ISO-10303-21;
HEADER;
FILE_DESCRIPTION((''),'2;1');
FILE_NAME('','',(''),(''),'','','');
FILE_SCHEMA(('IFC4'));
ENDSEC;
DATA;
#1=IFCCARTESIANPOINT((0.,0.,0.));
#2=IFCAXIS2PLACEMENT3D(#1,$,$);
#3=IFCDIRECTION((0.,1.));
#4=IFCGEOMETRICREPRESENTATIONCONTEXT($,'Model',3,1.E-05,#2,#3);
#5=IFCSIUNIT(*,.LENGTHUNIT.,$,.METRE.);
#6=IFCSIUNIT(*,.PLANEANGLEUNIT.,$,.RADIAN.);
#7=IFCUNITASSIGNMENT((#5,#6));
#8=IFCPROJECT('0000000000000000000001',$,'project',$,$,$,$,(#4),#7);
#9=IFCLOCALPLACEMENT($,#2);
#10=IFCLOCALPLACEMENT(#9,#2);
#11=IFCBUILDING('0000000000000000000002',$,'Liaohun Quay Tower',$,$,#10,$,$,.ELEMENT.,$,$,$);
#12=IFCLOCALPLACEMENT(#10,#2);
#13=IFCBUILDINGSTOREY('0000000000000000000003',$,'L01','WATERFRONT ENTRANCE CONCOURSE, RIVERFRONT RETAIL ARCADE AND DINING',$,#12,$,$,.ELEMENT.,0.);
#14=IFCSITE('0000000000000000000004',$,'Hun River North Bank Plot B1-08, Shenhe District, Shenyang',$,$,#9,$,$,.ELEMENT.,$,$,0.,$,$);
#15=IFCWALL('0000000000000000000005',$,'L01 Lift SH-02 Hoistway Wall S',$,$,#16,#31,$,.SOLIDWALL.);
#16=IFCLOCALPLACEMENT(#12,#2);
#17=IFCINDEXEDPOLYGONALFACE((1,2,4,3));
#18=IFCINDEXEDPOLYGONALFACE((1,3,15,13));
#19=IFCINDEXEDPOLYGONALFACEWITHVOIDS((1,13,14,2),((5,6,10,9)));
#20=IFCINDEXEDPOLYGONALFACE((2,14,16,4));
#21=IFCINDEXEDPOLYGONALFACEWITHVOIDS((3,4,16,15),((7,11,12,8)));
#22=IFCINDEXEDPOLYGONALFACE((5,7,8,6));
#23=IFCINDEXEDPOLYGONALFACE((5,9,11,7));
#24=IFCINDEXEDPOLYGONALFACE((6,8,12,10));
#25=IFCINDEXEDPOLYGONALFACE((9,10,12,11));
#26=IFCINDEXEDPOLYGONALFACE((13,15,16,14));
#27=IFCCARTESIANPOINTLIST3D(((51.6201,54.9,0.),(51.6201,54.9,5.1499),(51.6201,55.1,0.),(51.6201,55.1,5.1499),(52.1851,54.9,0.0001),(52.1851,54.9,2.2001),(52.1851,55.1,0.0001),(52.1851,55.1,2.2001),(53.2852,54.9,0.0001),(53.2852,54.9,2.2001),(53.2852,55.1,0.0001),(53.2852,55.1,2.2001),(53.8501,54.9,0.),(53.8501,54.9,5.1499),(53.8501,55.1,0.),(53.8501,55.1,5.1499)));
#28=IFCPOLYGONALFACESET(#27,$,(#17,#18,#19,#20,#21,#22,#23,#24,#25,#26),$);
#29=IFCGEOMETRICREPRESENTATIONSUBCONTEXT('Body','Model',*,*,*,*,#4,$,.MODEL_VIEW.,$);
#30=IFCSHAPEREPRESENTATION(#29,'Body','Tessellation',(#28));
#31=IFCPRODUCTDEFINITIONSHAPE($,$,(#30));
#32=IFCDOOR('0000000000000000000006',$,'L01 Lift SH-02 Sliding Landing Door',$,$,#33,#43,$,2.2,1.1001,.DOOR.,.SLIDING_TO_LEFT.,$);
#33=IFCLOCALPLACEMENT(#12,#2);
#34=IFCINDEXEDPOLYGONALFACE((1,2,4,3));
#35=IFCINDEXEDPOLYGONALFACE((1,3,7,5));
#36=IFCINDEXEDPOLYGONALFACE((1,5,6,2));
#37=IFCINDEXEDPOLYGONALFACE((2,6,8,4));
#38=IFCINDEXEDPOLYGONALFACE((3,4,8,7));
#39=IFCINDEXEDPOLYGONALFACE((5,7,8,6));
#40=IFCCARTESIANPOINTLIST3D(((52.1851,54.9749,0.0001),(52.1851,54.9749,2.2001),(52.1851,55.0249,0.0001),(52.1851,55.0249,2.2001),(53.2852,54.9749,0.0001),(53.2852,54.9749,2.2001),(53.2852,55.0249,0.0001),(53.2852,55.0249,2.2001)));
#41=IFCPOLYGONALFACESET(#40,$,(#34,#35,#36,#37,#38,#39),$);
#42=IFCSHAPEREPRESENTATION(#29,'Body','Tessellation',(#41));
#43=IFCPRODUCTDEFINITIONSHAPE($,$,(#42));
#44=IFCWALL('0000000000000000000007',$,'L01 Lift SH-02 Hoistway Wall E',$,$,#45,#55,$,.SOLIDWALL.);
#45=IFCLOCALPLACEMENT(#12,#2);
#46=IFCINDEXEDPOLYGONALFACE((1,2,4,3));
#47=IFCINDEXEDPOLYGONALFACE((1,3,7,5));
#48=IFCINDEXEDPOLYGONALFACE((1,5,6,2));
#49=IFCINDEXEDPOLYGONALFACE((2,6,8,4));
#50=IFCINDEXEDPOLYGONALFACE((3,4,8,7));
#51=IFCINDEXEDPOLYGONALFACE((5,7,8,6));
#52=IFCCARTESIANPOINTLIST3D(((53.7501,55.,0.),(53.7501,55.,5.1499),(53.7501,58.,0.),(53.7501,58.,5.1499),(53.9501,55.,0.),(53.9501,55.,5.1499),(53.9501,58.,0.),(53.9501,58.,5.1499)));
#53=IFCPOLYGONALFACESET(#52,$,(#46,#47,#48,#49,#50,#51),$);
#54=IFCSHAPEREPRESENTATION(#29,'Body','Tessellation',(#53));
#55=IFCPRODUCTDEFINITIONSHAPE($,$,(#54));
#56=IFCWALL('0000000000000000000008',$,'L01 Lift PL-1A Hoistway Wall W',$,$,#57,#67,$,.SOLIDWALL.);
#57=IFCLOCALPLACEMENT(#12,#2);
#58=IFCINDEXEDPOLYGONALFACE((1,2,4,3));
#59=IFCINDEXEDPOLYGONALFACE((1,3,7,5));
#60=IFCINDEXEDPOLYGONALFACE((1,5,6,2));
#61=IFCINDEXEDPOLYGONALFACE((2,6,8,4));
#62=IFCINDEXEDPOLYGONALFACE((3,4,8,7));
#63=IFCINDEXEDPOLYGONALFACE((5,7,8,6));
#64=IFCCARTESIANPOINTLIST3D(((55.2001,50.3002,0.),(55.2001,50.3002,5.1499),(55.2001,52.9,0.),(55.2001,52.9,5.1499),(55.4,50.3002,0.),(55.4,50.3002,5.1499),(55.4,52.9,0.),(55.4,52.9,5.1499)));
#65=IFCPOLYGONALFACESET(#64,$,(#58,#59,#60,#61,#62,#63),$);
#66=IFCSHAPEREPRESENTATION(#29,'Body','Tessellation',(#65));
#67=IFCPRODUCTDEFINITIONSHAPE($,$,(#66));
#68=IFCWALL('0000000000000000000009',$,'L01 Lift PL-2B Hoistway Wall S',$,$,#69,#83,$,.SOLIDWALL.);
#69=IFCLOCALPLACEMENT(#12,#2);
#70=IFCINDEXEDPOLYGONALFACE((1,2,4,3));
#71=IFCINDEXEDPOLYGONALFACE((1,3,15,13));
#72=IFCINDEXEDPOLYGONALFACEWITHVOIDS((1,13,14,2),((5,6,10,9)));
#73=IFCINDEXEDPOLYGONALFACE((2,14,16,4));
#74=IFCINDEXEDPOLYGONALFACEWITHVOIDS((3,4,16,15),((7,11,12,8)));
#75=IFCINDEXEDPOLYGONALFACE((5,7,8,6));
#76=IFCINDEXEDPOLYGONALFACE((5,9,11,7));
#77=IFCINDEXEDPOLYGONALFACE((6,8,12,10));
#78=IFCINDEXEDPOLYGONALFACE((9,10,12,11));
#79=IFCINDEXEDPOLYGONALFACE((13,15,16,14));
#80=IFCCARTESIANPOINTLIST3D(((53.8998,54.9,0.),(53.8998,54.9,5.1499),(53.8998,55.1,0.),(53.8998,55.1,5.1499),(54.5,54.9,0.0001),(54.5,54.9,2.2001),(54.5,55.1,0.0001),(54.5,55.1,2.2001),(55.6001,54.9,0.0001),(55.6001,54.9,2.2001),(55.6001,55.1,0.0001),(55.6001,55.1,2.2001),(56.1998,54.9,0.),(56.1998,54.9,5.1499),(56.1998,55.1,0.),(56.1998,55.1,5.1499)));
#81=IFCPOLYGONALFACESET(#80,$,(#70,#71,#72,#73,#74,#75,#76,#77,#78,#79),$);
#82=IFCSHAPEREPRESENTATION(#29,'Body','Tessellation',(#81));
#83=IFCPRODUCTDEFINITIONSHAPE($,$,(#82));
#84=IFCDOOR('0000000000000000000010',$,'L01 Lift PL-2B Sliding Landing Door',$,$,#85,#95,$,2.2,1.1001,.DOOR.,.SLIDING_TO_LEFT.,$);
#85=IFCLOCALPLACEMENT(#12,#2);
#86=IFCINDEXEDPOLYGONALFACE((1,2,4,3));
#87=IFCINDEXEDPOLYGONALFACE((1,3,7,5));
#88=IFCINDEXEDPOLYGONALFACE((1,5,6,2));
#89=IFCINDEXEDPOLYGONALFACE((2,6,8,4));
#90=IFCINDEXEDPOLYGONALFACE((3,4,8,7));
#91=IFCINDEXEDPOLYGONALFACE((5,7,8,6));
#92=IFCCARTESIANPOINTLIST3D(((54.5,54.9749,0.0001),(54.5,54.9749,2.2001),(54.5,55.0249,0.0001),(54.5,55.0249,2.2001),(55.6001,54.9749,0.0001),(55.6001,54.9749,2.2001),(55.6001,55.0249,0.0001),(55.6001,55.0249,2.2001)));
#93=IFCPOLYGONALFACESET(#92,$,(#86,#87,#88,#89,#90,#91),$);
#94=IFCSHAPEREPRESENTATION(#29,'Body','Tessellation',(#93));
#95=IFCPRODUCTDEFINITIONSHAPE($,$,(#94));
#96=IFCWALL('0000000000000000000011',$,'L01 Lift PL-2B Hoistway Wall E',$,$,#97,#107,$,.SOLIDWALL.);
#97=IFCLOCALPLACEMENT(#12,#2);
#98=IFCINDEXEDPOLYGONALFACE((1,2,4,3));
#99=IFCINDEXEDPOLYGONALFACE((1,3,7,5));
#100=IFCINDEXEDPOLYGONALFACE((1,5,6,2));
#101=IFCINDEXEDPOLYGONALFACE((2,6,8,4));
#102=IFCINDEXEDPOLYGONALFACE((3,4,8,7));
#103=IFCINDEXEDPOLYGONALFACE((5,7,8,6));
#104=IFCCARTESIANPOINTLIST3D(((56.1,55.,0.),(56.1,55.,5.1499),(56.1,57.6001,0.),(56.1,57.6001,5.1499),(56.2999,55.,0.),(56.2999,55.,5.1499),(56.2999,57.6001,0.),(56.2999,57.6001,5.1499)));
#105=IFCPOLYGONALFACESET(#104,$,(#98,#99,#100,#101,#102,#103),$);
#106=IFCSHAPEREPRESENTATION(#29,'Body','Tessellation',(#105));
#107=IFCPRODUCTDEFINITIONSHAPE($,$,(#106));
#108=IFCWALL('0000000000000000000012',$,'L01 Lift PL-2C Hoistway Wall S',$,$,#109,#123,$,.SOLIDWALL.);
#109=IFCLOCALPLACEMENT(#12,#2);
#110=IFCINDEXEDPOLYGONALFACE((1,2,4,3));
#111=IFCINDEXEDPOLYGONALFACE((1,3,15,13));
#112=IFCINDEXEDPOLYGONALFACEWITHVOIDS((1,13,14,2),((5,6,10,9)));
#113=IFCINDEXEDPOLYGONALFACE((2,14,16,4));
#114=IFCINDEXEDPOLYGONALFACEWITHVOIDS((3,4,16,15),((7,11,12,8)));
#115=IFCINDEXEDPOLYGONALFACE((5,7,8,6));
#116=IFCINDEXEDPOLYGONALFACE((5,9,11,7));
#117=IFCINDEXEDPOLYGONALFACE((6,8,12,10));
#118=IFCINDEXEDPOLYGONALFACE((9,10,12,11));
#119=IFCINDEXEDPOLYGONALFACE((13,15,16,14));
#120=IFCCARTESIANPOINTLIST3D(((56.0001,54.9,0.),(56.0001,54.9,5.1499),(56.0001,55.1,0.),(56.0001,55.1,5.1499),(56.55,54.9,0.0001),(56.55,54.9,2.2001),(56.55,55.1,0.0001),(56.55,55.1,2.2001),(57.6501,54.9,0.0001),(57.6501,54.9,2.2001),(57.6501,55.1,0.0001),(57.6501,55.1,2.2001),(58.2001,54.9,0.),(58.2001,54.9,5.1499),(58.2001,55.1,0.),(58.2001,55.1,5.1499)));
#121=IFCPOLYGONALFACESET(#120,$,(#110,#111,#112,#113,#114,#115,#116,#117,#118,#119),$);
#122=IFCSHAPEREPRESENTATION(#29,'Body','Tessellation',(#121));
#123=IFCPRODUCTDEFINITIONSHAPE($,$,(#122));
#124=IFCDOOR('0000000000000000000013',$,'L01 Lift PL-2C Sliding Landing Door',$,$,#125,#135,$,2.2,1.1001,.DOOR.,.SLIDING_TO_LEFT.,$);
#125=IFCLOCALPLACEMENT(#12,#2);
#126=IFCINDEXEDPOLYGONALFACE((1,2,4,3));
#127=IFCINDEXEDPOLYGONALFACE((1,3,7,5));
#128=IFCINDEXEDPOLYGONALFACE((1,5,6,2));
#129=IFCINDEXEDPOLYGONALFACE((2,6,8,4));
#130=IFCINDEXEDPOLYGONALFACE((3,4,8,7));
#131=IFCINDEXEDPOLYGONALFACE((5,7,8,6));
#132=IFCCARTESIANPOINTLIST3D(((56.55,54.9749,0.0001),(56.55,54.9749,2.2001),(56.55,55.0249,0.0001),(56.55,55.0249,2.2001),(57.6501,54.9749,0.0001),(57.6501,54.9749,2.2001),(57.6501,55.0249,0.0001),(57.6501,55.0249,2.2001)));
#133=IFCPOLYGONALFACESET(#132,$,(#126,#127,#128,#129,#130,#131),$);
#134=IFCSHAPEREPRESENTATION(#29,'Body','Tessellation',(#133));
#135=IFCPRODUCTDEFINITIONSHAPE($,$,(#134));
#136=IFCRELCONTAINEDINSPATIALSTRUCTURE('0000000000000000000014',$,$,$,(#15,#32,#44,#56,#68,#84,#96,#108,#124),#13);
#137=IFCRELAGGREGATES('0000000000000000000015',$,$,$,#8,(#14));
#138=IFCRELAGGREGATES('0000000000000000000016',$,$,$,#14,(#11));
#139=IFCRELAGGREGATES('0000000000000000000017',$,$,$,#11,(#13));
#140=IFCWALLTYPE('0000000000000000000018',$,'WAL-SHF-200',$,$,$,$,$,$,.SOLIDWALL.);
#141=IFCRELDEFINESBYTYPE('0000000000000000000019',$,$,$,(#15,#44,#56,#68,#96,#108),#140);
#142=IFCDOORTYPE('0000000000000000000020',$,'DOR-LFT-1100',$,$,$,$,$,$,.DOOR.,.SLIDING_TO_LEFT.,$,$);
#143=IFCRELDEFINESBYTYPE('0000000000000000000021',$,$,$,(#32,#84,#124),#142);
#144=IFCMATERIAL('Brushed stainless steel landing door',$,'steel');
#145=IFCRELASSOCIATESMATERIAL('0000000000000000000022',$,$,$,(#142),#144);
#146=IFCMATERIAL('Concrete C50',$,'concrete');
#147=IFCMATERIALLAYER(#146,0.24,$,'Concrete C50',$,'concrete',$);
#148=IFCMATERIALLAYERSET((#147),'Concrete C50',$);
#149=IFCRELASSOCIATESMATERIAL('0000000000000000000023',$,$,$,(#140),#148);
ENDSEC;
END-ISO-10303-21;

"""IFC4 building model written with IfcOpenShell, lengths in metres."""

from ifc_helpers import new_model, si_unit, direction, frame, frame_2d, origin, place, context, subcontext, project, spatial, rectangle, extrude, source, transform, mapped, material, layer, layer_set, type_object, element, fill, save


model = new_model("IFC4")

# Units and contexts
model_context = context("Model", 3, precision=1e-05, world=origin(), true_north=direction((0.0, 1.0)))
body_context = subcontext(model_context, "Body", "Model", "MODEL_VIEW")
ifc_project = project(units=[si_unit("LENGTHUNIT", "METRE"), si_unit("PLANEANGLEUNIT", "RADIAN")], contexts=[model_context])

# Site, building, storey
site_placement = place(None, origin())
site = spatial("IfcSite", under=ifc_project, at=site_placement, Name="Hun River North Bank Plot B1-08, Shenhe District, Shenyang", CompositionType="ELEMENT", RefElevation=0.0)
building_placement = place(site_placement, origin())
building = spatial("IfcBuilding", under=site, at=building_placement, Name="Liaohun Quay Tower", CompositionType="ELEMENT")
storey_placement = place(building_placement, origin())
storey = spatial("IfcBuildingStorey", under=building, at=storey_placement, Name="L01", Description="WATERFRONT ENTRANCE CONCOURSE, RIVERFRONT RETAIL ARCADE AND DINING", CompositionType="ELEMENT", Elevation=0.0)

# Shared definitions
ifc_material_1 = material(Name="Brushed stainless steel landing door", Category="steel")
door_type = type_object("IfcDoorType", Name="DOR-LFT-1100", OperationType="SLIDING_TO_LEFT", PredefinedType="DOOR", material=ifc_material_1)
shared_shape_1 = source(origin(), body_context, "Body", "SweptSolid", [
    extrude(rectangle(XDim=1.1001, YDim=2.2, at=frame_2d((0.55, 1.1001))), frame((0.0, 0.0249, 0.0), z_axis=(0.0, -1.0, 0.0), x_axis=(1.0, 0.0, 0.0)), (0.0, 0.0, 1.0), 0.05),
])

# Shared definitions
ifc_material_2 = material(Name="Concrete C50", Category="concrete")
ifc_layer_1 = layer(ifc_material_2, 0.24, Name="Concrete C50", Category="concrete")
ifc_layer_set_1 = layer_set([ifc_layer_1], Name="Concrete C50")
wall_type_1 = type_object("IfcWallType", Name="WAL-SHF-200", PredefinedType="SOLIDWALL", material=ifc_layer_set_1)

# Wall, opening, door
wall_1_placement = place(storey_placement, frame((51.6201, 55.0, 0.0), z_axis=(0.0, 0.0, 1.0), x_axis=(1.0, 0.0, 0.0)))
wall_1 = element("IfcWall", 1, at=wall_1_placement, inside=storey, type_object=wall_type_1, Name="L01 Lift SH-02 Hoistway Wall S", PredefinedType="SOLIDWALL", context=body_context, shape_type="SweptSolid", body=[
    extrude(rectangle(XDim=2.23, YDim=0.2, at=frame_2d((1.115, 0.0))), origin(), (0.0, 0.0, 1.0), 5.1499),
])
shared_shape_2 = source(origin(), body_context, "Body", "SweptSolid", [
    extrude(rectangle(XDim=1.1001, YDim=2.2, at=frame_2d((0.55, 1.1001))), frame((0.0, 0.1099, 0.0), z_axis=(0.0, -1.0, 0.0), x_axis=(1.0, 0.0, 0.0)), (0.0, 0.0, 1.0), 0.22),
])
opening_1_placement = place(wall_1_placement, frame((0.5649, 0.0, 0.0)))
opening_1 = element("IfcOpeningElement", 2, at=opening_1_placement, cuts=wall_1, PredefinedType="OPENING", context=body_context, shape_type="MappedRepresentation", body=[
    mapped(shared_shape_2, transform((0.0, 0.0, 0.0), x_axis=(1.0, 0.0, 0.0), y_axis=(0.0, 1.0, 0.0), z_axis=(0.0, 0.0, 1.0), scale=1.0)),
])
door_1_placement = place(opening_1_placement, origin())
door_1 = element("IfcDoor", 3, at=door_1_placement, inside=storey, type_object=door_type, Name="L01 Lift SH-02 Sliding Landing Door", OperationType="SLIDING_TO_LEFT", OverallHeight=2.2, OverallWidth=1.1001, PredefinedType="DOOR", context=body_context, shape_type="MappedRepresentation", body=[
    mapped(shared_shape_1, transform((0.0, 0.0, 0.0), x_axis=(1.0, 0.0, 0.0), y_axis=(0.0, 1.0, 0.0), z_axis=(0.0, 0.0, 1.0), scale=1.0)),
])
fill(opening_1, door_1)

# Walls
wall_2_placement = place(storey_placement, frame((53.8501, 55.0, 0.0), z_axis=(0.0, 0.0, 1.0), x_axis=(0.0, 1.0, 0.0)))
element("IfcWall", 4, at=wall_2_placement, inside=storey, type_object=wall_type_1, Name="L01 Lift SH-02 Hoistway Wall E", PredefinedType="SOLIDWALL", context=body_context, shape_type="SweptSolid", body=[
    extrude(rectangle(XDim=3.0, YDim=0.2, at=frame_2d((1.5, 0.0))), origin(), (0.0, 0.0, 1.0), 5.1499),
])
wall_3_placement = place(storey_placement, frame((55.3, 52.8999, 0.0), z_axis=(0.0, 0.0, 1.0), x_axis=(0.0, -1.0, 0.0)))
element("IfcWall", 5, at=wall_3_placement, inside=storey, type_object=wall_type_1, Name="L01 Lift PL-1A Hoistway Wall W", PredefinedType="SOLIDWALL", context=body_context, shape_type="SweptSolid", body=[
    extrude(rectangle(XDim=2.5999, YDim=0.2, at=frame_2d((1.2998, 0.0))), origin(), (0.0, 0.0, 1.0), 5.1499),
])

# Wall, opening, door
wall_4_placement = place(storey_placement, frame((53.8999, 55.0, 0.0), z_axis=(0.0, 0.0, 1.0), x_axis=(1.0, 0.0, 0.0)))
wall_4 = element("IfcWall", 6, at=wall_4_placement, inside=storey, type_object=wall_type_1, Name="L01 Lift PL-2B Hoistway Wall S", PredefinedType="SOLIDWALL", context=body_context, shape_type="SweptSolid", body=[
    extrude(rectangle(XDim=2.3, YDim=0.2, at=frame_2d((1.1499, 0.0))), origin(), (0.0, 0.0, 1.0), 5.1499),
])
opening_2_placement = place(wall_4_placement, frame((0.6001, 0.0, 0.0)))
opening_2 = element("IfcOpeningElement", 7, at=opening_2_placement, cuts=wall_4, PredefinedType="OPENING", context=body_context, shape_type="MappedRepresentation", body=[
    mapped(shared_shape_2, transform((0.0, 0.0, 0.0), x_axis=(1.0, 0.0, 0.0), y_axis=(0.0, 1.0, 0.0), z_axis=(0.0, 0.0, 1.0), scale=1.0)),
])
door_2_placement = place(opening_2_placement, origin())
door_2 = element("IfcDoor", 8, at=door_2_placement, inside=storey, type_object=door_type, Name="L01 Lift PL-2B Sliding Landing Door", OperationType="SLIDING_TO_LEFT", OverallHeight=2.2, OverallWidth=1.1001, PredefinedType="DOOR", context=body_context, shape_type="MappedRepresentation", body=[
    mapped(shared_shape_1, transform((0.0, 0.0, 0.0), x_axis=(1.0, 0.0, 0.0), y_axis=(0.0, 1.0, 0.0), z_axis=(0.0, 0.0, 1.0), scale=1.0)),
])
fill(opening_2, door_2)

# Wall
wall_5_placement = place(storey_placement, frame((56.2, 55.0, 0.0), z_axis=(0.0, 0.0, 1.0), x_axis=(0.0, 1.0, 0.0)))
element("IfcWall", 9, at=wall_5_placement, inside=storey, type_object=wall_type_1, Name="L01 Lift PL-2B Hoistway Wall E", PredefinedType="SOLIDWALL", context=body_context, shape_type="SweptSolid", body=[
    extrude(rectangle(XDim=2.6001, YDim=0.2, at=frame_2d((1.3, 0.0))), origin(), (0.0, 0.0, 1.0), 5.1499),
])

# Wall, opening, door
wall_6_placement = place(storey_placement, frame((56.0, 55.0, 0.0), z_axis=(0.0, 0.0, 1.0), x_axis=(1.0, 0.0, 0.0)))
wall_6 = element("IfcWall", 10, at=wall_6_placement, inside=storey, type_object=wall_type_1, Name="L01 Lift PL-2C Hoistway Wall S", PredefinedType="SOLIDWALL", context=body_context, shape_type="SweptSolid", body=[
    extrude(rectangle(XDim=2.2, YDim=0.2, at=frame_2d((1.1001, 0.0))), origin(), (0.0, 0.0, 1.0), 5.1499),
])
opening_3_placement = place(wall_6_placement, frame((0.55, 0.0, 0.0)))
opening_3 = element("IfcOpeningElement", 11, at=opening_3_placement, cuts=wall_6, PredefinedType="OPENING", context=body_context, shape_type="MappedRepresentation", body=[
    mapped(shared_shape_2, transform((0.0, 0.0, 0.0), x_axis=(1.0, 0.0, 0.0), y_axis=(0.0, 1.0, 0.0), z_axis=(0.0, 0.0, 1.0), scale=1.0)),
])
door_3_placement = place(opening_3_placement, origin())
door_3 = element("IfcDoor", 12, at=door_3_placement, inside=storey, type_object=door_type, Name="L01 Lift PL-2C Sliding Landing Door", OperationType="SLIDING_TO_LEFT", OverallHeight=2.2, OverallWidth=1.1001, PredefinedType="DOOR", context=body_context, shape_type="MappedRepresentation", body=[
    mapped(shared_shape_1, transform((0.0, 0.0, 0.0), x_axis=(1.0, 0.0, 0.0), y_axis=(0.0, 1.0, 0.0), z_axis=(0.0, 0.0, 1.0), scale=1.0)),
])
fill(opening_3, door_3)

save(model, "model.ifc")
